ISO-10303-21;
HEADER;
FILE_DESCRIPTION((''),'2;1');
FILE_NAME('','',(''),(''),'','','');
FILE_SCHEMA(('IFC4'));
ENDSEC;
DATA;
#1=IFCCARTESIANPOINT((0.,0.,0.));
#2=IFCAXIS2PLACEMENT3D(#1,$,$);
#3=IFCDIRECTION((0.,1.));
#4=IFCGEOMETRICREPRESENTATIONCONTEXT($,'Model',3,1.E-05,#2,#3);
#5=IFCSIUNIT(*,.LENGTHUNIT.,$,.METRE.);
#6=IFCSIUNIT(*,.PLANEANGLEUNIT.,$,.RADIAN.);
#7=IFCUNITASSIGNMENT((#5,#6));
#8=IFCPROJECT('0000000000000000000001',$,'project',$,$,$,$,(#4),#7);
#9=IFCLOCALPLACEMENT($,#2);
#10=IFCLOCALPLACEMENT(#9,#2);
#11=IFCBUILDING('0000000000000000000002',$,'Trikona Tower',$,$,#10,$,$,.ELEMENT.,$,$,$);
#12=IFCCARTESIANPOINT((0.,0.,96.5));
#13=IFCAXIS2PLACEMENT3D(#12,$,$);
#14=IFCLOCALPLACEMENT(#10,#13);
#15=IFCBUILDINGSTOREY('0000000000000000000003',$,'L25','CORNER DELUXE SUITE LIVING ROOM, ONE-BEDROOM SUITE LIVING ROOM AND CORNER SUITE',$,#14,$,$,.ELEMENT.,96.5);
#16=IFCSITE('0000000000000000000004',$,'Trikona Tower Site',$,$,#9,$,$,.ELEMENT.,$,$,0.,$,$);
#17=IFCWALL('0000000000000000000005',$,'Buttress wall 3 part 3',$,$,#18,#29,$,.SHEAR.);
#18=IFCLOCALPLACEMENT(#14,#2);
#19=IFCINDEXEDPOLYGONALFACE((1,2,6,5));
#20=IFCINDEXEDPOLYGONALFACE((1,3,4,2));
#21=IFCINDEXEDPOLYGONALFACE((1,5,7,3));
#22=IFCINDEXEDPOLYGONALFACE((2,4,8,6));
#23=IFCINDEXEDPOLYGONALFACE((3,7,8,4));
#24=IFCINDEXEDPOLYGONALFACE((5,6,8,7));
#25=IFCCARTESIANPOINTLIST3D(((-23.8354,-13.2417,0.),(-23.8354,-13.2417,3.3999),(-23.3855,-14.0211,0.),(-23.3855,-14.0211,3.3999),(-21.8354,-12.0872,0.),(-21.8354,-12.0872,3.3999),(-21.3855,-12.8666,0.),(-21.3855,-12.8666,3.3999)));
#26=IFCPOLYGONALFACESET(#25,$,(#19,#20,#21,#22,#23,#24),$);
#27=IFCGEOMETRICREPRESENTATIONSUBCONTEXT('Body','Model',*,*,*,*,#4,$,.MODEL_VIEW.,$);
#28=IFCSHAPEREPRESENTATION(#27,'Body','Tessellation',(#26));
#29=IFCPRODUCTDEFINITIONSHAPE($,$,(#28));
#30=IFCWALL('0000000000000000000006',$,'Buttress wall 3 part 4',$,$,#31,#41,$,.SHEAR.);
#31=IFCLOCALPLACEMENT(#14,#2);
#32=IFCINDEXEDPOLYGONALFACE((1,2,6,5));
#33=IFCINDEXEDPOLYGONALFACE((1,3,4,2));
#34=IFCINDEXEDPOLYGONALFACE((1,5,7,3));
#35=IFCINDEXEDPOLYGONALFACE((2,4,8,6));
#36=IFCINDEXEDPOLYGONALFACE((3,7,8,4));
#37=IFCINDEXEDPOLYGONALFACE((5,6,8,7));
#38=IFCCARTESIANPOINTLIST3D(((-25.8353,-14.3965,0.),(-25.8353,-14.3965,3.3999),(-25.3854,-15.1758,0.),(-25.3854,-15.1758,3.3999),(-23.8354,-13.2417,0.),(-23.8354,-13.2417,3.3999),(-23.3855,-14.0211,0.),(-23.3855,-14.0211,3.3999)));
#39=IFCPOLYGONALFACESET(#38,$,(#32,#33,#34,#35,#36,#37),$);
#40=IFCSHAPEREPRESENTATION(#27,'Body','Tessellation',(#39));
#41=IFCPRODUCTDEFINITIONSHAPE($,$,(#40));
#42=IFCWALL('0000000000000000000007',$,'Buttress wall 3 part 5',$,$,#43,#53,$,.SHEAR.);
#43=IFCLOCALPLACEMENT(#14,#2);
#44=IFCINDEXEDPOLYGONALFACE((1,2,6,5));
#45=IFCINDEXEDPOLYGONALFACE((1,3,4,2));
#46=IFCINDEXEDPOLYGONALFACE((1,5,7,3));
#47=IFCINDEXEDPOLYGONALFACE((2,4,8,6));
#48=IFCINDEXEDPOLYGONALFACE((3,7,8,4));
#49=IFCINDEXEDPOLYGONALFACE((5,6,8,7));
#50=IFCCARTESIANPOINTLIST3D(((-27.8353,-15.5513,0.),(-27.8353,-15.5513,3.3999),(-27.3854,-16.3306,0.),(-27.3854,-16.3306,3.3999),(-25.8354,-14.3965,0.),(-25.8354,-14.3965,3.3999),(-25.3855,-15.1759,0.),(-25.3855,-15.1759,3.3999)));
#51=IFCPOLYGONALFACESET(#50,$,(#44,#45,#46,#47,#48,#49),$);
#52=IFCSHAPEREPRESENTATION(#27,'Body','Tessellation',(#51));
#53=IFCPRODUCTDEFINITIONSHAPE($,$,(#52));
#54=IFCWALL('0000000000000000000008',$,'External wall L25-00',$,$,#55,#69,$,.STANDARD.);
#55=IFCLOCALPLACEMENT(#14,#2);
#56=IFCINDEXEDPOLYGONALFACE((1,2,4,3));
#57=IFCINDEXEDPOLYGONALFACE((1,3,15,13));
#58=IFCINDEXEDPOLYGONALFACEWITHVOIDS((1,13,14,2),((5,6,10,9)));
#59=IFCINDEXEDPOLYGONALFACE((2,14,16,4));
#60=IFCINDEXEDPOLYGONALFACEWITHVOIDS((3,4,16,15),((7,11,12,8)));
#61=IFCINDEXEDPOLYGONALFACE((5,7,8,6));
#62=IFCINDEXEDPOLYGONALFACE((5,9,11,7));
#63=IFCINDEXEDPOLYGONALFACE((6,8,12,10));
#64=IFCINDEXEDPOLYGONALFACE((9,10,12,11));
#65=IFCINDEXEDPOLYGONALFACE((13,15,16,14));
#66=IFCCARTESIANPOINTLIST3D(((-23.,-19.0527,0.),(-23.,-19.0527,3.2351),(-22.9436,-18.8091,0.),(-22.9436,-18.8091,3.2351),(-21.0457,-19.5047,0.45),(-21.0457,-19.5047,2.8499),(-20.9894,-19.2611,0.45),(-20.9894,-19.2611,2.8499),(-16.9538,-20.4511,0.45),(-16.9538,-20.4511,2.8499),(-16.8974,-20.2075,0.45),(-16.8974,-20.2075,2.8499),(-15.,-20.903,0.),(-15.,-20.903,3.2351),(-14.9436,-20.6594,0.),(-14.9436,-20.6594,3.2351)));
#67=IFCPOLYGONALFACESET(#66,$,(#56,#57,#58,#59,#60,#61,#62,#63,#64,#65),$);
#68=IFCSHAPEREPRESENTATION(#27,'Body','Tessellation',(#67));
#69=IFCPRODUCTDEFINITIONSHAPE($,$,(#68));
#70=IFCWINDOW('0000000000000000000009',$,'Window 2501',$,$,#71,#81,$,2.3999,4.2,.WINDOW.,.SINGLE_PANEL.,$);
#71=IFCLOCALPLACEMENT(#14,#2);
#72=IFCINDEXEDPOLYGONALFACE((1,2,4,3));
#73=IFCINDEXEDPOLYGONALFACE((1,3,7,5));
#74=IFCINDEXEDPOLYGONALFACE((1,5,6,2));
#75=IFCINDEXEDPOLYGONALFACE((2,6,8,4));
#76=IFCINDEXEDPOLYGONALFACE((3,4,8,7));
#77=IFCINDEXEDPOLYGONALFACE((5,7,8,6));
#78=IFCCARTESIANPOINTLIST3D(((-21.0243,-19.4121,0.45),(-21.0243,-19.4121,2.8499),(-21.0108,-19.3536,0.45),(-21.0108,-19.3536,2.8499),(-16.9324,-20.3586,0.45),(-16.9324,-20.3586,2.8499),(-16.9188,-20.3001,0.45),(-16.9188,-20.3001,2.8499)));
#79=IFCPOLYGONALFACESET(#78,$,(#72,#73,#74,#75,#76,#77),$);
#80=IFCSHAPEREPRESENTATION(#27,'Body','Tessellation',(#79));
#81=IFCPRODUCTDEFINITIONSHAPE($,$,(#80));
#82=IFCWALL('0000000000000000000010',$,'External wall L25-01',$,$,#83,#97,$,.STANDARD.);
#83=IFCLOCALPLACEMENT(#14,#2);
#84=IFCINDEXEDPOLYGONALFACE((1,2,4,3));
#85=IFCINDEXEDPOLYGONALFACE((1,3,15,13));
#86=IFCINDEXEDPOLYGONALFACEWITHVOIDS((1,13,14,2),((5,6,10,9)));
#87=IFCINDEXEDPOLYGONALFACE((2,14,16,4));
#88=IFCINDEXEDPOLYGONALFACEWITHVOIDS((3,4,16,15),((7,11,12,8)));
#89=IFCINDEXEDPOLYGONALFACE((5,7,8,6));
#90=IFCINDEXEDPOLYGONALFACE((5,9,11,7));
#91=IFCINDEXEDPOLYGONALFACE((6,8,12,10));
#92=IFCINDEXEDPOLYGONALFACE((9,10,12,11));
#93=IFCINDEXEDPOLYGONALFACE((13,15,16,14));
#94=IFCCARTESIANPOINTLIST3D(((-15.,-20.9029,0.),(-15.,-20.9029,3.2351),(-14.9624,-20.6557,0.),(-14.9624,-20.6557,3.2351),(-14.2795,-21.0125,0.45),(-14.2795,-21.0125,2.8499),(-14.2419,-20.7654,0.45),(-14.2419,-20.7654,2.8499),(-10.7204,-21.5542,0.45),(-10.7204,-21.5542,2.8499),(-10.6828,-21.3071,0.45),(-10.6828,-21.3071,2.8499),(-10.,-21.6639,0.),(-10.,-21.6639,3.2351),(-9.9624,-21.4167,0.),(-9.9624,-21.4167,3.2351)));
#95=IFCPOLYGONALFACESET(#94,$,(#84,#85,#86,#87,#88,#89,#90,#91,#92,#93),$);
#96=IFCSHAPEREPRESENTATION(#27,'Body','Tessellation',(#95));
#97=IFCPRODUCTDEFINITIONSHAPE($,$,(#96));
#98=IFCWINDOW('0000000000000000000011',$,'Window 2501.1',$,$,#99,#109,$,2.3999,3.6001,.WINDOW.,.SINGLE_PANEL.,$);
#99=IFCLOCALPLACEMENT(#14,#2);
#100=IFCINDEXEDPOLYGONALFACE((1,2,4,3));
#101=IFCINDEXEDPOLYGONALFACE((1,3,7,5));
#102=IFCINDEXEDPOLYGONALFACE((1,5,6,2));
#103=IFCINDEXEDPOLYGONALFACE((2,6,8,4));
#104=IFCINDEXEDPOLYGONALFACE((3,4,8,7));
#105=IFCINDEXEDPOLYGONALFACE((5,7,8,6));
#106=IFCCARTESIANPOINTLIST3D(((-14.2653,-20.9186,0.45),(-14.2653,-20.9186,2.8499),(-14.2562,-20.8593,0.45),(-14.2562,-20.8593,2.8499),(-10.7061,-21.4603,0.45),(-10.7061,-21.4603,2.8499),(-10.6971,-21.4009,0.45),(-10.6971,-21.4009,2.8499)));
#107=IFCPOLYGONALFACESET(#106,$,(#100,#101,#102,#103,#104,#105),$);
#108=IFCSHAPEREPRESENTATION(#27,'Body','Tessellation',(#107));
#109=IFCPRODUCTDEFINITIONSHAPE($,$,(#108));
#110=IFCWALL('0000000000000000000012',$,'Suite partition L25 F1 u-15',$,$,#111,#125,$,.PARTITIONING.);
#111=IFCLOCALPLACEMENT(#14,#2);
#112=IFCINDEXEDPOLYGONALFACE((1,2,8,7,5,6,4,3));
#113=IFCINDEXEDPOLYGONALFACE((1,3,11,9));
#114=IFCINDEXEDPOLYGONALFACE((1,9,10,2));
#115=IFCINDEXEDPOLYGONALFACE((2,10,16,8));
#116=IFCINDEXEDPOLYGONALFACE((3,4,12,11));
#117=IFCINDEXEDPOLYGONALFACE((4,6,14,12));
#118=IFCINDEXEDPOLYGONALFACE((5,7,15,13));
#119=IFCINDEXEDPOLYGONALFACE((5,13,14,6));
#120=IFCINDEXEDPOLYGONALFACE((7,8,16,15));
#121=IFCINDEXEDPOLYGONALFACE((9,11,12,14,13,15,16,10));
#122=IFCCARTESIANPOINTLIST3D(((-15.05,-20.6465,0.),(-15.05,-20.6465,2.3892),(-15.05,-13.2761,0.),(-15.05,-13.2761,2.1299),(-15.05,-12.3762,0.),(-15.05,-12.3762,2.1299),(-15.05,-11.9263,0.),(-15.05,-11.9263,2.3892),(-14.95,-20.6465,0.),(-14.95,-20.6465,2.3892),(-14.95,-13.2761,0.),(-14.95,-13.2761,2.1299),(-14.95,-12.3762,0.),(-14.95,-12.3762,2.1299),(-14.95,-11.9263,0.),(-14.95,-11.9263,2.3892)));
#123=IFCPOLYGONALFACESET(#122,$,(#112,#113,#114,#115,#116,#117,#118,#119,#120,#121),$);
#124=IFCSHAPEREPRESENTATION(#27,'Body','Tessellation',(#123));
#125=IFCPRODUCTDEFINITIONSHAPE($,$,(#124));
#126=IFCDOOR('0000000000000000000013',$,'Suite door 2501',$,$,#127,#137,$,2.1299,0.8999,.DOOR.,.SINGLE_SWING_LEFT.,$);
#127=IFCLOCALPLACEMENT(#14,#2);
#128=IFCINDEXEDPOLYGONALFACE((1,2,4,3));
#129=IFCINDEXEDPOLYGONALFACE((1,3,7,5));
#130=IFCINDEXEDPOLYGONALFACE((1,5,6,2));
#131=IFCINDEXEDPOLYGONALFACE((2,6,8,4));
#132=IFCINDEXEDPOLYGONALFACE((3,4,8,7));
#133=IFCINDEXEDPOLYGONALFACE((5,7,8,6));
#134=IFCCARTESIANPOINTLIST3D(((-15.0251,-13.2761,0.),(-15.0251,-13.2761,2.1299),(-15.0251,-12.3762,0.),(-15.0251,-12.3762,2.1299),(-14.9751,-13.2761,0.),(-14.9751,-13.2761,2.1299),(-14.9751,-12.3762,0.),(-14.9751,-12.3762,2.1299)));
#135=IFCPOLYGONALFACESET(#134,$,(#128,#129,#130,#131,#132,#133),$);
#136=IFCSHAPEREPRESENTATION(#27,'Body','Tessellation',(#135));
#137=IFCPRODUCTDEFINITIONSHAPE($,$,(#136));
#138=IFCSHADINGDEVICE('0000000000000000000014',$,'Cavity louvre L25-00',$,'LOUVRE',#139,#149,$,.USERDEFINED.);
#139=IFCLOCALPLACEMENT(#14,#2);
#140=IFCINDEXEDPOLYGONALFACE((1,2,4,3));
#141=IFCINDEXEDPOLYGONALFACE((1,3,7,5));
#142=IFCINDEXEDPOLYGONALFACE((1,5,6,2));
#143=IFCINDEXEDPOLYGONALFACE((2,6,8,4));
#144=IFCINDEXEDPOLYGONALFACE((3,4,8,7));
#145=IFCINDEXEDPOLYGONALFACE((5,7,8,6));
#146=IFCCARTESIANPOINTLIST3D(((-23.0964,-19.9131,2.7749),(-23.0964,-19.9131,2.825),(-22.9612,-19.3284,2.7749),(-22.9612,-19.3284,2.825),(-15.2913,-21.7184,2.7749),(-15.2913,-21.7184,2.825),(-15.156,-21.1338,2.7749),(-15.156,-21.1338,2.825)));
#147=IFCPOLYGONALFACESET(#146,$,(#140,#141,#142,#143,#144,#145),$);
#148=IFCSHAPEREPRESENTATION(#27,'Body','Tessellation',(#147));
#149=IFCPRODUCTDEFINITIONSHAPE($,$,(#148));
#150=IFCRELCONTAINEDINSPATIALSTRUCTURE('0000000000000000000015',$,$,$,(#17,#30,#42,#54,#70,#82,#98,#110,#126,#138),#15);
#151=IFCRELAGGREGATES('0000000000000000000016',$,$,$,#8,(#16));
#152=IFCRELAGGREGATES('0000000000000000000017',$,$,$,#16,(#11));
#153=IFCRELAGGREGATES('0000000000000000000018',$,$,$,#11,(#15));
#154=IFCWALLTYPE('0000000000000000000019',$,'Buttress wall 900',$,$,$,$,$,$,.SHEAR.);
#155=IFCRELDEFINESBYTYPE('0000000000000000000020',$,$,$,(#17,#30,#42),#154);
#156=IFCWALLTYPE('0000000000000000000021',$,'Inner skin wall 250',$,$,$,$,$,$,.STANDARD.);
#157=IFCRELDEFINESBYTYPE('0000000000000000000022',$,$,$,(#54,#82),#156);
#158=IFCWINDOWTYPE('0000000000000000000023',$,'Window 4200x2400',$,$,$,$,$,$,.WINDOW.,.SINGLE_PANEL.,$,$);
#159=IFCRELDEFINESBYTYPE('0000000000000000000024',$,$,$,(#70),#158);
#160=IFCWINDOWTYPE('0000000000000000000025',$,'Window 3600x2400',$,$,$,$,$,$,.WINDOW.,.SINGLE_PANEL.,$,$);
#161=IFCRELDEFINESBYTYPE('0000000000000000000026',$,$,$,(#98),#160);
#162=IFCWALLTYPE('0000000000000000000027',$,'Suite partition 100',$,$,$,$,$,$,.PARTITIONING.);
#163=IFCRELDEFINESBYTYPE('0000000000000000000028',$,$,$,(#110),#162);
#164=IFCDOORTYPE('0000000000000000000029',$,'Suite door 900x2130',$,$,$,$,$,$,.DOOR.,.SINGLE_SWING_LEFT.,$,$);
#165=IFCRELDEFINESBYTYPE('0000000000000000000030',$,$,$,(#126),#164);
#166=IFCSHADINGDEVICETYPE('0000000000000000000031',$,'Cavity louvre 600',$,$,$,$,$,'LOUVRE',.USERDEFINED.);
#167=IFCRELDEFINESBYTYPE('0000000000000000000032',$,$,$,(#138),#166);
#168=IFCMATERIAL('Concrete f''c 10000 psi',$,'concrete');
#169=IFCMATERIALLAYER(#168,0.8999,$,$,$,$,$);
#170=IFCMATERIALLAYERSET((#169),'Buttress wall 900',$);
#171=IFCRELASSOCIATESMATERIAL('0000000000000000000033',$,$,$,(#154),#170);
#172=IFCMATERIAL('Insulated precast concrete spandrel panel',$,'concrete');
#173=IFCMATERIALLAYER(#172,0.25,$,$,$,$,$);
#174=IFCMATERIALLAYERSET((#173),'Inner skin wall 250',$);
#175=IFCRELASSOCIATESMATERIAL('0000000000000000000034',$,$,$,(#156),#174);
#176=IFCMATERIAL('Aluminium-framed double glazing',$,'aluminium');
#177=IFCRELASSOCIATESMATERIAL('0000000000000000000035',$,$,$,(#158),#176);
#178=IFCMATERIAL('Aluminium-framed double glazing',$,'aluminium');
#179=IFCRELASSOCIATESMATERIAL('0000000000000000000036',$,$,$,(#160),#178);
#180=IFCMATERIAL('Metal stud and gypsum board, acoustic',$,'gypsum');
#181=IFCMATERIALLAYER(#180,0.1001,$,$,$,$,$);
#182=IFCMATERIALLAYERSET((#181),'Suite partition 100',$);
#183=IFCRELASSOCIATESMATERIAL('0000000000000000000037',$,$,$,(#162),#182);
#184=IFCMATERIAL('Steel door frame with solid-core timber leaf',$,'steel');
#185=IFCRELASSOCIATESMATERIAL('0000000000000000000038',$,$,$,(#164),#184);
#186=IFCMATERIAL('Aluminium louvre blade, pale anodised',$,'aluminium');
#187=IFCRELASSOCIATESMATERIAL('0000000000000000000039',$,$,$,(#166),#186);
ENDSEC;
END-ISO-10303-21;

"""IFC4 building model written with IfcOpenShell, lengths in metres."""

from ifc_helpers import new_model, si_unit, direction, frame, frame_2d, origin, origin_2d, place, context, subcontext, project, spatial, rectangle, extrude, material, layer, layer_set, type_object, element, fill, save


model = new_model("IFC4")

# Units and contexts
model_context = context("Model", 3, precision=1e-05, world=origin(), true_north=direction((0.0, 1.0)))
body_context = subcontext(model_context, "Body", "Model", "MODEL_VIEW")
ifc_project = project(units=[si_unit("LENGTHUNIT", "METRE"), si_unit("PLANEANGLEUNIT", "RADIAN")], contexts=[model_context])

# Site, building, storey
site_placement = place(None, origin())
site = spatial("IfcSite", under=ifc_project, at=site_placement, Name="Trikona Tower Site", CompositionType="ELEMENT", RefElevation=0.0)
building_placement = place(site_placement, origin())
building = spatial("IfcBuilding", under=site, at=building_placement, Name="Trikona Tower", CompositionType="ELEMENT")
storey_placement = place(building_placement, frame((0.0, 0.0, 96.5)))
storey = spatial("IfcBuildingStorey", under=building, at=storey_placement, Name="L25", Description="CORNER DELUXE SUITE LIVING ROOM, ONE-BEDROOM SUITE LIVING ROOM AND CORNER SUITE", CompositionType="ELEMENT", Elevation=96.5)

# Walls
ifc_material_1 = material(Name="Concrete f'c 10000 psi", Category="concrete")
ifc_layer_1 = layer(ifc_material_1, 0.8999)
ifc_layer_set_1 = layer_set([ifc_layer_1], Name="Buttress wall 900")
wall_type_1 = type_object("IfcWallType", Name="Buttress wall 900", PredefinedType="SHEAR", material=ifc_layer_set_1)
for number, where, z_axis, x_axis, name in (
    (1, (-21.6104, -12.4768, 0.0), (0.0, 0.0, 1.0), (-0.866055, -0.499948, 0.0), "Buttress wall 3 part 3"),
    (2, (-23.6104, -13.6313, 0.0), (0.0, 0.0, 1.0), (-0.86601, -0.500027, 0.0), "Buttress wall 3 part 4"),
    (3, (-25.6104, -14.7861, 0.0), (0.0, 0.0, 1.0), (-0.86601, -0.500027, 0.0), "Buttress wall 3 part 5"),
):
    element("IfcWall", number, at=place(storey_placement, frame(where, z_axis=z_axis, x_axis=x_axis)), inside=storey, type_object=wall_type_1, Name=name, PredefinedType="SHEAR", context=body_context, shape_type="SweptSolid", body=[
        extrude(rectangle(XDim=2.3093, YDim=0.8999, at=frame_2d((1.1548, 0.0))), origin(), (0.0, 0.0, 1.0), 3.3999),
    ])

# Walls, openings, windows
ifc_material_2 = material(Name="Insulated precast concrete spandrel panel", Category="concrete")
ifc_layer_2 = layer(ifc_material_2, 0.25)
ifc_layer_set_2 = layer_set([ifc_layer_2], Name="Inner skin wall 250")
wall_type_2 = type_object("IfcWallType", Name="Inner skin wall 250", PredefinedType="STANDARD", material=ifc_layer_set_2)
wall_1_placement = place(storey_placement, frame((-22.9717, -18.9309, 0.0), z_axis=(0.0, 0.0, 1.0), x_axis=(0.974279, -0.225344, 0.0)))
wall_1 = element("IfcWall", 4, at=wall_1_placement, inside=storey, type_object=wall_type_2, Name="External wall L25-00", PredefinedType="STANDARD", context=body_context, shape_type="SweptSolid", body=[
    extrude(rectangle(XDim=8.2112, YDim=0.25, at=frame_2d((4.1055, 0.0))), origin(), (0.0, 0.0, 1.0), 3.2351),
])
opening_1_placement = place(wall_1_placement, frame((2.0056, 0.0, 0.45)))
opening_1 = element("IfcOpeningElement", 5, at=opening_1_placement, cuts=wall_1, PredefinedType="OPENING", context=body_context, shape_type="SweptSolid", body=[
    extrude(rectangle(XDim=4.2, YDim=2.3999, at=frame_2d((2.1001, 1.2))), frame((0.0, 0.135, 0.0), z_axis=(0.0, -1.0, 0.0), x_axis=(1.0, 0.0, 0.0)), (0.0, 0.0, 1.0), 0.27),
])
ifc_material_3 = material(Name="Aluminium-framed double glazing", Category="aluminium")
window_type_1 = type_object("IfcWindowType", Name="Window 4200x2400", PartitioningType="SINGLE_PANEL", PredefinedType="WINDOW", material=ifc_material_3)
window_1_placement = place(opening_1_placement, origin())
window_1 = element("IfcWindow", 6, at=window_1_placement, inside=storey, type_object=window_type_1, Name="Window 2501", OverallHeight=2.3999, OverallWidth=4.2, PartitioningType="SINGLE_PANEL", PredefinedType="WINDOW", context=body_context, shape_type="SweptSolid", body=[
    extrude(rectangle(XDim=4.2, YDim=2.3999, at=frame_2d((2.1001, 1.2))), frame((0.0, 0.03, 0.0), z_axis=(0.0, -1.0, 0.0), x_axis=(1.0, 0.0, 0.0)), (0.0, 0.0, 1.0), 0.0601),
])
fill(opening_1, window_1)
wall_2_placement = place(storey_placement, frame((-14.9812, -20.7793, 0.0), z_axis=(0.0, 0.0, 1.0), x_axis=(0.988615, -0.150465, 0.0)))
wall_2 = element("IfcWall", 7, at=wall_2_placement, inside=storey, type_object=wall_type_2, Name="External wall L25-01", PredefinedType="STANDARD", context=body_context, shape_type="SweptSolid", body=[
    extrude(rectangle(XDim=5.0576, YDim=0.25, at=frame_2d((2.5288, 0.0))), origin(), (0.0, 0.0, 1.0), 3.2351),
])
opening_2_placement = place(wall_2_placement, frame((0.7288, 0.0, 0.45)))
opening_2 = element("IfcOpeningElement", 8, at=opening_2_placement, cuts=wall_2, PredefinedType="OPENING", context=body_context, shape_type="SweptSolid", body=[
    extrude(rectangle(XDim=3.6001, YDim=2.3999, at=frame_2d((1.8, 1.2))), frame((0.0, 0.135, 0.0), z_axis=(0.0, -1.0, 0.0), x_axis=(1.0, 0.0, 0.0)), (0.0, 0.0, 1.0), 0.27),
])
ifc_material_4 = material(Name="Aluminium-framed double glazing", Category="aluminium")
window_type_2 = type_object("IfcWindowType", Name="Window 3600x2400", PartitioningType="SINGLE_PANEL", PredefinedType="WINDOW", material=ifc_material_4)
window_2_placement = place(opening_2_placement, origin())
window_2 = element("IfcWindow", 9, at=window_2_placement, inside=storey, type_object=window_type_2, Name="Window 2501.1", OverallHeight=2.3999, OverallWidth=3.6001, PartitioningType="SINGLE_PANEL", PredefinedType="WINDOW", context=body_context, shape_type="SweptSolid", body=[
    extrude(rectangle(XDim=3.6001, YDim=2.3999, at=frame_2d((1.8, 1.2))), frame((0.0, 0.03, 0.0), z_axis=(0.0, -1.0, 0.0), x_axis=(1.0, 0.0, 0.0)), (0.0, 0.0, 1.0), 0.0601),
])
fill(opening_2, window_2)

# Wall, opening, door
ifc_material_5 = material(Name="Metal stud and gypsum board, acoustic", Category="gypsum")
ifc_layer_3 = layer(ifc_material_5, 0.1001)
ifc_layer_set_3 = layer_set([ifc_layer_3], Name="Suite partition 100")
wall_type_3 = type_object("IfcWallType", Name="Suite partition 100", PredefinedType="PARTITIONING", material=ifc_layer_set_3)
wall_3_placement = place(storey_placement, frame((-15.0, -11.9263, 0.0), z_axis=(0.0, 0.0, 1.0), x_axis=(0.0, -1.0, 0.0)))
wall_3 = element("IfcWall", 10, at=wall_3_placement, inside=storey, type_object=wall_type_3, Name="Suite partition L25 F1 u-15", PredefinedType="PARTITIONING", context=body_context, shape_type="SweptSolid", body=[
    extrude(rectangle(XDim=8.7202, YDim=0.1001, at=frame_2d((4.3601, 0.0))), origin(), (0.0, 0.0, 1.0), 2.3892),
])
opening_3_placement = place(wall_3_placement, frame((0.45, 0.0, 0.0)))
opening_3 = element("IfcOpeningElement", 11, at=opening_3_placement, cuts=wall_3, PredefinedType="OPENING", context=body_context, shape_type="SweptSolid", body=[
    extrude(rectangle(XDim=0.8999, YDim=2.1299, at=frame_2d((0.45, 1.0649))), frame((0.0, 0.0601, 0.0), z_axis=(0.0, -1.0, 0.0), x_axis=(1.0, 0.0, 0.0)), (0.0, 0.0, 1.0), 0.1201),
])
ifc_material_6 = material(Name="Steel door frame with solid-core timber leaf", Category="steel")
door_type = type_object("IfcDoorType", Name="Suite door 900x2130", OperationType="SINGLE_SWING_LEFT", PredefinedType="DOOR", material=ifc_material_6)
door_placement = place(opening_3_placement, origin())
door = element("IfcDoor", 12, at=door_placement, inside=storey, type_object=door_type, Name="Suite door 2501", OperationType="SINGLE_SWING_LEFT", OverallHeight=2.1299, OverallWidth=0.8999, PredefinedType="DOOR", context=body_context, shape_type="SweptSolid", body=[
    extrude(rectangle(XDim=0.8999, YDim=2.1299, at=frame_2d((0.45, 1.0649))), frame((0.0, 0.0249, 0.0), z_axis=(0.0, -1.0, 0.0), x_axis=(1.0, 0.0, 0.0)), (0.0, 0.0, 1.0), 0.05),
])
fill(opening_3, door)

# Shading device
ifc_material_7 = material(Name="Aluminium louvre blade, pale anodised", Category="aluminium")
shading_device_type = type_object("IfcShadingDeviceType", Name="Cavity louvre 600", ElementType="LOUVRE", PredefinedType="USERDEFINED", material=ifc_material_7)
shading_device_placement = place(storey_placement, frame((-19.1262, -20.5234, 2.7749), z_axis=(0.0, 0.0, 1.0), x_axis=(0.974278, -0.225351, 0.0)))
element("IfcShadingDevice", 13, at=shading_device_placement, inside=storey, type_object=shading_device_type, Name="Cavity louvre L25-00", ObjectType="LOUVRE", PredefinedType="USERDEFINED", context=body_context, shape_type="SweptSolid", body=[
    extrude(rectangle(XDim=8.0112, YDim=0.6001, at=origin_2d()), origin(), (0.0, 0.0, 1.0), 0.05),
])

save(model, "model.ifc")
